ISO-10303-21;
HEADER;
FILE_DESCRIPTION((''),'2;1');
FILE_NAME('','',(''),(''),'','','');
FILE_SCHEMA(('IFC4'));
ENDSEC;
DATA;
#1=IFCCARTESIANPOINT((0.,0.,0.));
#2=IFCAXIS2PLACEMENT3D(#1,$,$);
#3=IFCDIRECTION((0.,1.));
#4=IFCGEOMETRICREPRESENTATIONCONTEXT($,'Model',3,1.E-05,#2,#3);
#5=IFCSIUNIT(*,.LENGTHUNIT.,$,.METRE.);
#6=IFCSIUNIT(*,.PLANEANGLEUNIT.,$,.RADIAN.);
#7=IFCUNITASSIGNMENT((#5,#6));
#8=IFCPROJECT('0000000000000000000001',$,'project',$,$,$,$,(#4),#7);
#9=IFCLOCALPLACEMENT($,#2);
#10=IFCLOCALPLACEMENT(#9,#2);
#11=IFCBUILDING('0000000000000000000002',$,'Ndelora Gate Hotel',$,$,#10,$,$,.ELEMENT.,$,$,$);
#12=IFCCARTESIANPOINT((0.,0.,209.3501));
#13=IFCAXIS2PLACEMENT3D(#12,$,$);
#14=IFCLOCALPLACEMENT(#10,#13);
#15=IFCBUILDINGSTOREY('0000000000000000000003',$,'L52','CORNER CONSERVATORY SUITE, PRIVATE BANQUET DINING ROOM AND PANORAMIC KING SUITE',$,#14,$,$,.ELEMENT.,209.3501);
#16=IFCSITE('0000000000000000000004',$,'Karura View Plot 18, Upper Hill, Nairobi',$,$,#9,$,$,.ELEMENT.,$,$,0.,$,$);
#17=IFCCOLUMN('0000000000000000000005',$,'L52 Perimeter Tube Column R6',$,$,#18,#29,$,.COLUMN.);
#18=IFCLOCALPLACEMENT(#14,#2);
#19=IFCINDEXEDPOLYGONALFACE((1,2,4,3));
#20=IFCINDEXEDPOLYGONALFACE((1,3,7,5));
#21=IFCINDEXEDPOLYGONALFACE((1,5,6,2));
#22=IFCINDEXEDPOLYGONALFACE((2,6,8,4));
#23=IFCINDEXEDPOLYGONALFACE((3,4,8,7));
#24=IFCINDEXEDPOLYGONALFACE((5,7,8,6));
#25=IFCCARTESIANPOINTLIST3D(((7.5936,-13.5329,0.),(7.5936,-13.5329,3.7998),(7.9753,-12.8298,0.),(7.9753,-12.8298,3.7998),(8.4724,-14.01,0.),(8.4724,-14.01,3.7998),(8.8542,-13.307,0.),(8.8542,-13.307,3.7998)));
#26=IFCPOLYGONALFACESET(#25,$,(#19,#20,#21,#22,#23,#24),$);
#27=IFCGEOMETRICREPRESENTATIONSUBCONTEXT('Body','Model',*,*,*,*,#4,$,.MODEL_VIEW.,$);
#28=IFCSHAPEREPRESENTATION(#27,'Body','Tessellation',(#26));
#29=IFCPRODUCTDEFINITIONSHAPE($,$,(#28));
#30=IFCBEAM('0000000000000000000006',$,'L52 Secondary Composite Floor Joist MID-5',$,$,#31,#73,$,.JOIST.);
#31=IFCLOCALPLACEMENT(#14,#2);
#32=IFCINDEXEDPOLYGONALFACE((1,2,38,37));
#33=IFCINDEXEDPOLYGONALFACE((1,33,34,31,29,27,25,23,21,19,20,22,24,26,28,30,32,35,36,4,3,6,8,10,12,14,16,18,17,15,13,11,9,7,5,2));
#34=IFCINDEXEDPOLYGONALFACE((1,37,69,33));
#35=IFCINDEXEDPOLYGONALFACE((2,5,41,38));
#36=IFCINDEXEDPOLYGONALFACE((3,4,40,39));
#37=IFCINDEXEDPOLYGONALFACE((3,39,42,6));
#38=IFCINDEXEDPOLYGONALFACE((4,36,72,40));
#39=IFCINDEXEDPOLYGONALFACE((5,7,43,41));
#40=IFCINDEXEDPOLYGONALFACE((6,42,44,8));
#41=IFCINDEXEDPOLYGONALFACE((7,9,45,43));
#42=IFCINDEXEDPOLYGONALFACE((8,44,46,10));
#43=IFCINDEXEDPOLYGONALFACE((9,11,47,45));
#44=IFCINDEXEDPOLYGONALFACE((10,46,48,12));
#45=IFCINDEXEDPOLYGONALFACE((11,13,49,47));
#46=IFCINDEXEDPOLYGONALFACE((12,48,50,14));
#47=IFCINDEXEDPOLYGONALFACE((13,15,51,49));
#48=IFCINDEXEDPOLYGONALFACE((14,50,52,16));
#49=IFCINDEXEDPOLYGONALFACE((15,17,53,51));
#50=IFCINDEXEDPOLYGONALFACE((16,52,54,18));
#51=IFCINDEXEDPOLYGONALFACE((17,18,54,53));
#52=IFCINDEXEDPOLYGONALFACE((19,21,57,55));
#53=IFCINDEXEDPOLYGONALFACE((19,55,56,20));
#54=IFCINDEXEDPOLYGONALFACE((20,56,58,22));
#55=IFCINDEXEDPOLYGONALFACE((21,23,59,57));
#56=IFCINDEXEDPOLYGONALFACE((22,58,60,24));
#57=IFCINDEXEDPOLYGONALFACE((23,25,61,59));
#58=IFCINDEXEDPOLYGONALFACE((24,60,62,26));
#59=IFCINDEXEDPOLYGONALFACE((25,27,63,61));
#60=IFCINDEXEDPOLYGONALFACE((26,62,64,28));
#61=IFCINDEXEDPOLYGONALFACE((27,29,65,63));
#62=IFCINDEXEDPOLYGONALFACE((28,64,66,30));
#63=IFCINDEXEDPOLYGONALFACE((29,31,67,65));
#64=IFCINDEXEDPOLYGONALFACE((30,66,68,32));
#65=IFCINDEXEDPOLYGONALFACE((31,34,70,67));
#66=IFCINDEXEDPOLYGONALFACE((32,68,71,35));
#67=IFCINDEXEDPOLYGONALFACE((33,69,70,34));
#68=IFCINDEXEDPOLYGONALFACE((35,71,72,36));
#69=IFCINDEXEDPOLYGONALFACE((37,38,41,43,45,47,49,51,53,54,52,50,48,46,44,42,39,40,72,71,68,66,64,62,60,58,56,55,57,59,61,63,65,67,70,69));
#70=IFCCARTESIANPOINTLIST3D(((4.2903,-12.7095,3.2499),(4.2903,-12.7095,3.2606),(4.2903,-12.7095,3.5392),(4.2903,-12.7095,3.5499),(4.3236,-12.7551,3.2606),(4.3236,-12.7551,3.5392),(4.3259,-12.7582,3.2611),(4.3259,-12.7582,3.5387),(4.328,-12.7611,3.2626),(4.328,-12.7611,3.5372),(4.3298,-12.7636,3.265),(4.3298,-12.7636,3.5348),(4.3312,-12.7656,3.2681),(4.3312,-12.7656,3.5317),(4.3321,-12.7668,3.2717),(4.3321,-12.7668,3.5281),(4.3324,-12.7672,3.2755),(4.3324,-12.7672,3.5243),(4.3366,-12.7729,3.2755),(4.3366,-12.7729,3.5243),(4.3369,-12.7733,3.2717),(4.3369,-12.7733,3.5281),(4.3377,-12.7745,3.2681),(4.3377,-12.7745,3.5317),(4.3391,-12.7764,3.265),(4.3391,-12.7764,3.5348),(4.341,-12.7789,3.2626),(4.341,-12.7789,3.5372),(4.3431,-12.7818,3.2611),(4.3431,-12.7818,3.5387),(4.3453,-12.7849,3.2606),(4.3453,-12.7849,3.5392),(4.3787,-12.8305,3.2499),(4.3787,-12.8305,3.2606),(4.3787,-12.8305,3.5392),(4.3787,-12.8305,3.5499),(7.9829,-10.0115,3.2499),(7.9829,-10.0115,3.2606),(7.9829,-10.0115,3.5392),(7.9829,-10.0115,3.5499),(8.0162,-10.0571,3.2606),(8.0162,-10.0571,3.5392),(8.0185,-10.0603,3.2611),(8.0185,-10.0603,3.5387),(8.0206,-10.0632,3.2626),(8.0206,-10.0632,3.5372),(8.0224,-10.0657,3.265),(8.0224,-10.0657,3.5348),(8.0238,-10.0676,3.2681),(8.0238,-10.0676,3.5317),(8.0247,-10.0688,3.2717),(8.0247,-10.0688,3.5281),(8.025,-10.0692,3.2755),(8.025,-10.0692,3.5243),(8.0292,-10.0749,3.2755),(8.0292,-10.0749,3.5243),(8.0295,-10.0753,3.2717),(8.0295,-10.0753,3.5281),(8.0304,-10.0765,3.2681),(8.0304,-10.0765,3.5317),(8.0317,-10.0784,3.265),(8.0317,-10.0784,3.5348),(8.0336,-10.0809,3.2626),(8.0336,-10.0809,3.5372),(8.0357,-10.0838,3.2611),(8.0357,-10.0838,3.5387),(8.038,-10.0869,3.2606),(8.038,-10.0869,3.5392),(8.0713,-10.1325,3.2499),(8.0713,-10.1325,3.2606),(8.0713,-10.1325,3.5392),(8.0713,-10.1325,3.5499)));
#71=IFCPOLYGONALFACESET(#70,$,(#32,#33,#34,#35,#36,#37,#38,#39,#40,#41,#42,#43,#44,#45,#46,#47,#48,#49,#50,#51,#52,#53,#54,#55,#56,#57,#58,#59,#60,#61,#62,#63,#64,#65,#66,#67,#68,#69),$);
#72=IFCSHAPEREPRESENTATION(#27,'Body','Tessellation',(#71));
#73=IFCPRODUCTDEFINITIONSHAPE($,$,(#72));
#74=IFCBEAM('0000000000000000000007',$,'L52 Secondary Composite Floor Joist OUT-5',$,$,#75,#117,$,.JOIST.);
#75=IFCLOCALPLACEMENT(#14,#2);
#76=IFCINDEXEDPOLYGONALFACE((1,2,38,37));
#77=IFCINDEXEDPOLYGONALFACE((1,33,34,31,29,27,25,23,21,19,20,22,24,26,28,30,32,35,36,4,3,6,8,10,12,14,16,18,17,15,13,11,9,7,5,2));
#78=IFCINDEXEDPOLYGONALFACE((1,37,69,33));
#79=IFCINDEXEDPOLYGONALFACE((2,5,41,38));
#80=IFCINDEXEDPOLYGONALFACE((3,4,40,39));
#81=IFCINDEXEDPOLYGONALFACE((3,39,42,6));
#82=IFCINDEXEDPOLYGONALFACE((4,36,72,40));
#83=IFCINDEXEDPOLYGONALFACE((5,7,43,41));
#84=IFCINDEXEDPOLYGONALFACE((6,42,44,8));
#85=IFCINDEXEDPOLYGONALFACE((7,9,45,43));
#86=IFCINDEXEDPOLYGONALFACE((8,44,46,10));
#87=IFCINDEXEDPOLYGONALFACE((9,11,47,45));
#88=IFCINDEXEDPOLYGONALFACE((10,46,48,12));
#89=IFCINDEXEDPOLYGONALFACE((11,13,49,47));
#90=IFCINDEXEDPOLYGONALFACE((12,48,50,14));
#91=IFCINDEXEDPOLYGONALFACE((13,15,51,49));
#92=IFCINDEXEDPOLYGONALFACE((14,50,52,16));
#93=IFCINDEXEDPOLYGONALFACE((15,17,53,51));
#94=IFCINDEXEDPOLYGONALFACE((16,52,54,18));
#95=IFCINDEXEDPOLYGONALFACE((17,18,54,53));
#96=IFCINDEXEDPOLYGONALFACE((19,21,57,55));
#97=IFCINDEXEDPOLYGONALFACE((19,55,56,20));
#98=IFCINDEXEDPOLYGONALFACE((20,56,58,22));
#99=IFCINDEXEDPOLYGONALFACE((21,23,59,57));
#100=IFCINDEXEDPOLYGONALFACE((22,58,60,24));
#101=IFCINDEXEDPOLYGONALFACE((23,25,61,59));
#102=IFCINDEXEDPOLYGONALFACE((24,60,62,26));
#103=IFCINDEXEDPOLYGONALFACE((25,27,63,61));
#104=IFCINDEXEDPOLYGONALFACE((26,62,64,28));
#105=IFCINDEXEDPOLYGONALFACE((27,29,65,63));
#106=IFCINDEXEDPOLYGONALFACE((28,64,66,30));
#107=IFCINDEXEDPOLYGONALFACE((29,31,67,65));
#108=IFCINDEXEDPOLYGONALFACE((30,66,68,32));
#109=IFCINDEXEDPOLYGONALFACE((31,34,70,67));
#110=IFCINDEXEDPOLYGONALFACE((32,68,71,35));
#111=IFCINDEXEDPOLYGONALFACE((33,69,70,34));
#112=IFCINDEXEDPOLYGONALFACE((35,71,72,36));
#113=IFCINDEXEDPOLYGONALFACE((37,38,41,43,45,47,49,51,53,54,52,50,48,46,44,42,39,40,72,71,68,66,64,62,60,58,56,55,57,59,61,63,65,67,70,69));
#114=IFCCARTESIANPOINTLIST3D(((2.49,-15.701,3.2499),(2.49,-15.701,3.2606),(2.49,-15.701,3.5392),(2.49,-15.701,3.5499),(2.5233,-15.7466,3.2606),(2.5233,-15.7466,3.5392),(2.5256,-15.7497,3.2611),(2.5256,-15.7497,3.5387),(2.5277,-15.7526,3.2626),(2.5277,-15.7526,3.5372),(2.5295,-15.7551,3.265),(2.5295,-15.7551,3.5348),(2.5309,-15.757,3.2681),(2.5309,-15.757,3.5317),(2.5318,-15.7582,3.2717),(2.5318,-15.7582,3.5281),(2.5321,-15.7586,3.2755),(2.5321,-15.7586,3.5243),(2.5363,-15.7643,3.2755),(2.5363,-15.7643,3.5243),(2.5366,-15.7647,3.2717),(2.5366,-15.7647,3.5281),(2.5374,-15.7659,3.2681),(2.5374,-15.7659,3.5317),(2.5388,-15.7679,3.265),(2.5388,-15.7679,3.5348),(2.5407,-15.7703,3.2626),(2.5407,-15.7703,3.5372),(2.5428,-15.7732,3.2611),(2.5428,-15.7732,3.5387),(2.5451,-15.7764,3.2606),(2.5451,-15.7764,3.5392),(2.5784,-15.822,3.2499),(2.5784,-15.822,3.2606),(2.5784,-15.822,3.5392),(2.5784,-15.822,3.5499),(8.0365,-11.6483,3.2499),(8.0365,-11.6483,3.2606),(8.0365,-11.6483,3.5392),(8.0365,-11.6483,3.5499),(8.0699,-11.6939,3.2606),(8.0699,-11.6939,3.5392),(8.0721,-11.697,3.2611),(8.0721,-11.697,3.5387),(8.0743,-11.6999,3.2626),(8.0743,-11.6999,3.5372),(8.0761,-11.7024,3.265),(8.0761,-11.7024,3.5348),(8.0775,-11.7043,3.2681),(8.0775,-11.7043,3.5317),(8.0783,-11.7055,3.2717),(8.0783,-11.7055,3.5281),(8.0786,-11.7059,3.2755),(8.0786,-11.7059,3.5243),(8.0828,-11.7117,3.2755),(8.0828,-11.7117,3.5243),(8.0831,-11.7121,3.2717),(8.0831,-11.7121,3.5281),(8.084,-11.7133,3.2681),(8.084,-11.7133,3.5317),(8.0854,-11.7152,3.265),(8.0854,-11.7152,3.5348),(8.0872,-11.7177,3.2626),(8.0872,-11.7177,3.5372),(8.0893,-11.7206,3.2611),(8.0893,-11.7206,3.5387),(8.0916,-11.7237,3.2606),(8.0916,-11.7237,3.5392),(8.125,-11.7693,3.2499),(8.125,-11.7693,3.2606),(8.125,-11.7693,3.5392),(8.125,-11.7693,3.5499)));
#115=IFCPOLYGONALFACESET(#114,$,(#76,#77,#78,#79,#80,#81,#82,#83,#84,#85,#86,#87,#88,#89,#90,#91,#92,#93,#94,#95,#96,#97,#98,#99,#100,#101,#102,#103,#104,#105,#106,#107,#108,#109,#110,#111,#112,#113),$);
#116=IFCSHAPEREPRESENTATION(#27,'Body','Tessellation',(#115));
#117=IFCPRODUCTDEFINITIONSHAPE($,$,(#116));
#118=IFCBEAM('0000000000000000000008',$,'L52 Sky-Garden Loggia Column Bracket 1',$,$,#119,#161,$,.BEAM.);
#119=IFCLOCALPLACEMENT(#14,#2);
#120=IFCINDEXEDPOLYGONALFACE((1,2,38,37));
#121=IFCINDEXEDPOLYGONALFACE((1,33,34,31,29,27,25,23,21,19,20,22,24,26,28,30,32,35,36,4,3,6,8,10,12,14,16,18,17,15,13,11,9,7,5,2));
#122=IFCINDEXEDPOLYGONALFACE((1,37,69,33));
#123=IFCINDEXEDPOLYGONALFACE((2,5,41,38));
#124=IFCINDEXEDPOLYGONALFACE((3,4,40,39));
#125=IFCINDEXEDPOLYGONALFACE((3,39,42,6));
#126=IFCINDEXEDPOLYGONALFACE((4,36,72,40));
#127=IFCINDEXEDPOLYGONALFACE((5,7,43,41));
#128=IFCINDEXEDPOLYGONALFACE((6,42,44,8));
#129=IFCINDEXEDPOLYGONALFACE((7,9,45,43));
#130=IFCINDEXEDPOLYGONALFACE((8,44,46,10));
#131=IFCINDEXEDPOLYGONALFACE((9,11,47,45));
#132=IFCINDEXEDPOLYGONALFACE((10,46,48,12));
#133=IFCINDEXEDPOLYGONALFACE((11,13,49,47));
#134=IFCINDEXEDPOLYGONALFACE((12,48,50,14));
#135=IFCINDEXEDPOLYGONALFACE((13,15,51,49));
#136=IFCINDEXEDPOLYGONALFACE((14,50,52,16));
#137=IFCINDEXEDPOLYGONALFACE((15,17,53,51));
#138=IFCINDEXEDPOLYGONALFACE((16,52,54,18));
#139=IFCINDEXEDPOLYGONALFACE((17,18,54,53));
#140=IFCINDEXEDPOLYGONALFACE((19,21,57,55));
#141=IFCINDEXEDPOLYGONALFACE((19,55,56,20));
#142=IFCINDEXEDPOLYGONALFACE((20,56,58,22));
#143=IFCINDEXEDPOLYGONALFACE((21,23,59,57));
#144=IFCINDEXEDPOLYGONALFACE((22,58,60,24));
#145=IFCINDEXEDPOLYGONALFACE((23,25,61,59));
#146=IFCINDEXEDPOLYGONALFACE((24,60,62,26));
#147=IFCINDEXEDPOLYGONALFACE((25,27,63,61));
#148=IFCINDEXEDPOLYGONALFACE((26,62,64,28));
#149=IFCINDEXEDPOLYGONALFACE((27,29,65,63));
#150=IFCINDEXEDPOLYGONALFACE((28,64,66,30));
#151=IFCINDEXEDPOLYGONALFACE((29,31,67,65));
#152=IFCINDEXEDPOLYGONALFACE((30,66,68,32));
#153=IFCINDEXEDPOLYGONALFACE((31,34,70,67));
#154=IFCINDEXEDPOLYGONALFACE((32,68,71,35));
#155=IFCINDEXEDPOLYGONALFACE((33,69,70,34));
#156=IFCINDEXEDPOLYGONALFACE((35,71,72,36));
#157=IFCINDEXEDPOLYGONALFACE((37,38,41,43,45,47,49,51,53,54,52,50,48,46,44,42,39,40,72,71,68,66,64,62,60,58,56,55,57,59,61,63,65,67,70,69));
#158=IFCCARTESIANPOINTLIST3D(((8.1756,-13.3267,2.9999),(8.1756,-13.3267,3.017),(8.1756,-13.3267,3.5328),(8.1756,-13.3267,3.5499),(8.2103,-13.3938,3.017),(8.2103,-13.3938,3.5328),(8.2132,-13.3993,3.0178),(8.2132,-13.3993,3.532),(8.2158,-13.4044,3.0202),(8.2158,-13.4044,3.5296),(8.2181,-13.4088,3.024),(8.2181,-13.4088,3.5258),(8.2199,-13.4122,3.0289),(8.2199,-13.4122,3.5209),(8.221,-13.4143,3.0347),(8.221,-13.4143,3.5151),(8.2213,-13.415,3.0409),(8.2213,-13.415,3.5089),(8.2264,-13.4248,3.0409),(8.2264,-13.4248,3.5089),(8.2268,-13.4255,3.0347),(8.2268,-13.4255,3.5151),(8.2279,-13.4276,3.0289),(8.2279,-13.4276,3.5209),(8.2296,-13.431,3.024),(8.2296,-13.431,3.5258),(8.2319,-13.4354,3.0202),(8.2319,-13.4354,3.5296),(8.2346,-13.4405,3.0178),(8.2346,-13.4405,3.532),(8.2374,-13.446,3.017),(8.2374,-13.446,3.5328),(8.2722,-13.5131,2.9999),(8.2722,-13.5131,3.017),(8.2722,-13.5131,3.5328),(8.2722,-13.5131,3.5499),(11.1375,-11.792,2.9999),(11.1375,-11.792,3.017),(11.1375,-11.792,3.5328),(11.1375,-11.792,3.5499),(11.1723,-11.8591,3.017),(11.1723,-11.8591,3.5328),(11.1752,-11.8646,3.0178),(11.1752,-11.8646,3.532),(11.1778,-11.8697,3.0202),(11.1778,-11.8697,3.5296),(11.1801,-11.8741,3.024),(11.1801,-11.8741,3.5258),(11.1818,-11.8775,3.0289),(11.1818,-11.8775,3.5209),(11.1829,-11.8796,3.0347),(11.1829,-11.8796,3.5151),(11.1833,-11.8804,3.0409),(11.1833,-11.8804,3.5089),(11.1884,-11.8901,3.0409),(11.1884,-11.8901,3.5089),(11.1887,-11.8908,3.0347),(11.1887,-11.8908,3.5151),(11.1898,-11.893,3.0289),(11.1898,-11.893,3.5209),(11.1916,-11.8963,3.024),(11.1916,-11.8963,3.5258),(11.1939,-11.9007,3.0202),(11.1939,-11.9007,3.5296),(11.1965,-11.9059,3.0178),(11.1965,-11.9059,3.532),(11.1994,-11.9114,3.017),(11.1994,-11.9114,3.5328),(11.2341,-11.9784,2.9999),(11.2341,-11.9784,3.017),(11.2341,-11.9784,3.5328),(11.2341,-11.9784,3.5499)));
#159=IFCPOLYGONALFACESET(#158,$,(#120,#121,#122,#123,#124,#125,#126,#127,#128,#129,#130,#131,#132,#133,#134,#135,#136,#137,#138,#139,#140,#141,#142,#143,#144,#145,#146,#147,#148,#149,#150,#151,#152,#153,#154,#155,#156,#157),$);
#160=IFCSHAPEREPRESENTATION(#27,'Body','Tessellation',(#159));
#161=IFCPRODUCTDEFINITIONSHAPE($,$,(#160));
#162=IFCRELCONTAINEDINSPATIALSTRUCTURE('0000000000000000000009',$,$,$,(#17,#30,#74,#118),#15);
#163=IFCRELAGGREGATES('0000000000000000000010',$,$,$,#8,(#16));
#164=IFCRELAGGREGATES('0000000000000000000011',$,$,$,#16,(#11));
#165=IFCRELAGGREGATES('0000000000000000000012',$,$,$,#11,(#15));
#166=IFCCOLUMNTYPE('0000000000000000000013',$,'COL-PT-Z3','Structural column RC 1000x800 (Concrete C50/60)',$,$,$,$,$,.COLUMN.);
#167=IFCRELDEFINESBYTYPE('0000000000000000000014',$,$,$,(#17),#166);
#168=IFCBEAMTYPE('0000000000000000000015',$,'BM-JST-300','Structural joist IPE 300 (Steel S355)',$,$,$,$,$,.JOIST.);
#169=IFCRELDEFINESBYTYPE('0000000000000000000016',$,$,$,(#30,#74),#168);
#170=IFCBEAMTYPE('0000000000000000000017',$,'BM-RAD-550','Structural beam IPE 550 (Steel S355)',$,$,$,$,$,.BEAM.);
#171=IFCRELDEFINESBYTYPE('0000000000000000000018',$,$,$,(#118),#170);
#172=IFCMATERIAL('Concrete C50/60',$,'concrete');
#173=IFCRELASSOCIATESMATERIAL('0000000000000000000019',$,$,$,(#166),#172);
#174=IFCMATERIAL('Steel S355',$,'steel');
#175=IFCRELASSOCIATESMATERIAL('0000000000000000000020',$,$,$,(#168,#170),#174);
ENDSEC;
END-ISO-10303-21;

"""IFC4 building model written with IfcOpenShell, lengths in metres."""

from ifc_helpers import new_model, si_unit, direction, frame, origin, origin_2d, place, context, subcontext, project, spatial, rectangle, i_section, extrude, material, material_profile, profile_set, type_object, element, save


model = new_model("IFC4")

# Units and contexts
model_context = context("Model", 3, precision=1e-05, world=origin(), true_north=direction((0.0, 1.0)))
body_context = subcontext(model_context, "Body", "Model", "MODEL_VIEW")
ifc_project = project(units=[si_unit("LENGTHUNIT", "METRE"), si_unit("PLANEANGLEUNIT", "RADIAN")], contexts=[model_context])

# Site, building, storey
site_placement = place(None, origin())
site = spatial("IfcSite", under=ifc_project, at=site_placement, Name="Karura View Plot 18, Upper Hill, Nairobi", CompositionType="ELEMENT", RefElevation=0.0)
building_placement = place(site_placement, origin())
building = spatial("IfcBuilding", under=site, at=building_placement, Name="Ndelora Gate Hotel", CompositionType="ELEMENT")
storey_placement = place(building_placement, frame((0.0, 0.0, 209.3501)))
storey = spatial("IfcBuildingStorey", under=building, at=storey_placement, Name="L52", Description="CORNER CONSERVATORY SUITE, PRIVATE BANQUET DINING ROOM AND PANORAMIC KING SUITE", CompositionType="ELEMENT", Elevation=209.3501)

# Column
ifc_material_1 = material(Name="Concrete C50/60", Category="concrete")
ifc_material_profile_1 = material_profile(ifc_material_1, rectangle(XDim=0.8, YDim=1.0, at=origin_2d()), Name="RC 1000x800")
ifc_profile_set_1 = profile_set([ifc_material_profile_1], Name="Concrete C50/60")
column_type = type_object("IfcColumnType", Name="COL-PT-Z3", Description="Structural column RC 1000x800 (Concrete C50/60)", PredefinedType="COLUMN", material=ifc_profile_set_1)
column_placement = place(storey_placement, frame((8.2239, -13.4199, 0.0), z_axis=(0.0, 0.0, 1.0), x_axis=(0.477159, 0.878817, 0.0)))
element("IfcColumn", 1, at=column_placement, inside=storey, type_object=column_type, Name="L52 Perimeter Tube Column R6", PredefinedType="COLUMN", context=body_context, shape_type="SweptSolid", body=[
    extrude(rectangle(XDim=0.8, YDim=1.0, at=origin_2d()), origin(), (0.0, 0.0, 1.0), 3.7998),
])

# Beams
ifc_material_2 = material(Name="Steel S355", Category="steel")
ifc_material_profile_2 = material_profile(ifc_material_2, i_section(OverallWidth=0.1499, OverallDepth=0.3, WebThickness=0.0071, FlangeThickness=0.0107, FilletRadius=0.0149, at=origin_2d()), Name="IPE 300")
ifc_profile_set_2 = profile_set([ifc_material_profile_2], Name="Steel S355")
beam_type_1 = type_object("IfcBeamType", Name="BM-JST-300", Description="Structural joist IPE 300 (Steel S355)", PredefinedType="JOIST", material=ifc_profile_set_2)
beam_1_placement = place(storey_placement, frame((4.3345, -12.77, 3.3999), z_axis=(0.807439, 0.589951, 0.0), x_axis=(-0.589951, 0.807439, 0.0)))
element("IfcBeam", 2, at=beam_1_placement, inside=storey, type_object=beam_type_1, Name="L52 Secondary Composite Floor Joist MID-5", PredefinedType="JOIST", context=body_context, shape_type="SweptSolid", body=[
    extrude(i_section(OverallWidth=0.1499, OverallDepth=0.3, WebThickness=0.0071, FlangeThickness=0.0107, FilletRadius=0.0149, at=origin_2d()), origin(), (0.0, 0.0, 1.0), 4.5732),
])
beam_2_placement = place(storey_placement, frame((2.5342, -15.7615, 3.3999), z_axis=(0.807431, 0.589962, 0.0), x_axis=(-0.589962, 0.807431, 0.0)))
element("IfcBeam", 3, at=beam_2_placement, inside=storey, type_object=beam_type_1, Name="L52 Secondary Composite Floor Joist OUT-5", PredefinedType="JOIST", context=body_context, shape_type="SweptSolid", body=[
    extrude(i_section(OverallWidth=0.1499, OverallDepth=0.3, WebThickness=0.0071, FlangeThickness=0.0107, FilletRadius=0.0149, at=origin_2d()), origin(), (0.0, 0.0, 1.0), 6.8694),
])
ifc_material_profile_3 = material_profile(ifc_material_2, i_section(OverallWidth=0.21, OverallDepth=0.55, WebThickness=0.011, FlangeThickness=0.0171, FilletRadius=0.0239, at=origin_2d()), Name="IPE 550")
ifc_profile_set_3 = profile_set([ifc_material_profile_3], Name="Steel S355")
beam_type_2 = type_object("IfcBeamType", Name="BM-RAD-550", Description="Structural beam IPE 550 (Steel S355)", PredefinedType="BEAM", material=ifc_profile_set_3)
beam_3_placement = place(storey_placement, frame((8.2239, -13.4199, 3.2749), z_axis=(0.887894, 0.460048, 0.0), x_axis=(-0.460048, 0.887894, 0.0)))
element("IfcBeam", 4, at=beam_3_placement, inside=storey, type_object=beam_type_2, Name="L52 Sky-Garden Loggia Column Bracket 1", PredefinedType="BEAM", context=body_context, shape_type="SweptSolid", body=[
    extrude(i_section(OverallWidth=0.21, OverallDepth=0.55, WebThickness=0.011, FlangeThickness=0.0171, FilletRadius=0.0239, at=origin_2d()), origin(), (0.0, 0.0, 1.0), 3.3359),
])

save(model, "model.ifc")
